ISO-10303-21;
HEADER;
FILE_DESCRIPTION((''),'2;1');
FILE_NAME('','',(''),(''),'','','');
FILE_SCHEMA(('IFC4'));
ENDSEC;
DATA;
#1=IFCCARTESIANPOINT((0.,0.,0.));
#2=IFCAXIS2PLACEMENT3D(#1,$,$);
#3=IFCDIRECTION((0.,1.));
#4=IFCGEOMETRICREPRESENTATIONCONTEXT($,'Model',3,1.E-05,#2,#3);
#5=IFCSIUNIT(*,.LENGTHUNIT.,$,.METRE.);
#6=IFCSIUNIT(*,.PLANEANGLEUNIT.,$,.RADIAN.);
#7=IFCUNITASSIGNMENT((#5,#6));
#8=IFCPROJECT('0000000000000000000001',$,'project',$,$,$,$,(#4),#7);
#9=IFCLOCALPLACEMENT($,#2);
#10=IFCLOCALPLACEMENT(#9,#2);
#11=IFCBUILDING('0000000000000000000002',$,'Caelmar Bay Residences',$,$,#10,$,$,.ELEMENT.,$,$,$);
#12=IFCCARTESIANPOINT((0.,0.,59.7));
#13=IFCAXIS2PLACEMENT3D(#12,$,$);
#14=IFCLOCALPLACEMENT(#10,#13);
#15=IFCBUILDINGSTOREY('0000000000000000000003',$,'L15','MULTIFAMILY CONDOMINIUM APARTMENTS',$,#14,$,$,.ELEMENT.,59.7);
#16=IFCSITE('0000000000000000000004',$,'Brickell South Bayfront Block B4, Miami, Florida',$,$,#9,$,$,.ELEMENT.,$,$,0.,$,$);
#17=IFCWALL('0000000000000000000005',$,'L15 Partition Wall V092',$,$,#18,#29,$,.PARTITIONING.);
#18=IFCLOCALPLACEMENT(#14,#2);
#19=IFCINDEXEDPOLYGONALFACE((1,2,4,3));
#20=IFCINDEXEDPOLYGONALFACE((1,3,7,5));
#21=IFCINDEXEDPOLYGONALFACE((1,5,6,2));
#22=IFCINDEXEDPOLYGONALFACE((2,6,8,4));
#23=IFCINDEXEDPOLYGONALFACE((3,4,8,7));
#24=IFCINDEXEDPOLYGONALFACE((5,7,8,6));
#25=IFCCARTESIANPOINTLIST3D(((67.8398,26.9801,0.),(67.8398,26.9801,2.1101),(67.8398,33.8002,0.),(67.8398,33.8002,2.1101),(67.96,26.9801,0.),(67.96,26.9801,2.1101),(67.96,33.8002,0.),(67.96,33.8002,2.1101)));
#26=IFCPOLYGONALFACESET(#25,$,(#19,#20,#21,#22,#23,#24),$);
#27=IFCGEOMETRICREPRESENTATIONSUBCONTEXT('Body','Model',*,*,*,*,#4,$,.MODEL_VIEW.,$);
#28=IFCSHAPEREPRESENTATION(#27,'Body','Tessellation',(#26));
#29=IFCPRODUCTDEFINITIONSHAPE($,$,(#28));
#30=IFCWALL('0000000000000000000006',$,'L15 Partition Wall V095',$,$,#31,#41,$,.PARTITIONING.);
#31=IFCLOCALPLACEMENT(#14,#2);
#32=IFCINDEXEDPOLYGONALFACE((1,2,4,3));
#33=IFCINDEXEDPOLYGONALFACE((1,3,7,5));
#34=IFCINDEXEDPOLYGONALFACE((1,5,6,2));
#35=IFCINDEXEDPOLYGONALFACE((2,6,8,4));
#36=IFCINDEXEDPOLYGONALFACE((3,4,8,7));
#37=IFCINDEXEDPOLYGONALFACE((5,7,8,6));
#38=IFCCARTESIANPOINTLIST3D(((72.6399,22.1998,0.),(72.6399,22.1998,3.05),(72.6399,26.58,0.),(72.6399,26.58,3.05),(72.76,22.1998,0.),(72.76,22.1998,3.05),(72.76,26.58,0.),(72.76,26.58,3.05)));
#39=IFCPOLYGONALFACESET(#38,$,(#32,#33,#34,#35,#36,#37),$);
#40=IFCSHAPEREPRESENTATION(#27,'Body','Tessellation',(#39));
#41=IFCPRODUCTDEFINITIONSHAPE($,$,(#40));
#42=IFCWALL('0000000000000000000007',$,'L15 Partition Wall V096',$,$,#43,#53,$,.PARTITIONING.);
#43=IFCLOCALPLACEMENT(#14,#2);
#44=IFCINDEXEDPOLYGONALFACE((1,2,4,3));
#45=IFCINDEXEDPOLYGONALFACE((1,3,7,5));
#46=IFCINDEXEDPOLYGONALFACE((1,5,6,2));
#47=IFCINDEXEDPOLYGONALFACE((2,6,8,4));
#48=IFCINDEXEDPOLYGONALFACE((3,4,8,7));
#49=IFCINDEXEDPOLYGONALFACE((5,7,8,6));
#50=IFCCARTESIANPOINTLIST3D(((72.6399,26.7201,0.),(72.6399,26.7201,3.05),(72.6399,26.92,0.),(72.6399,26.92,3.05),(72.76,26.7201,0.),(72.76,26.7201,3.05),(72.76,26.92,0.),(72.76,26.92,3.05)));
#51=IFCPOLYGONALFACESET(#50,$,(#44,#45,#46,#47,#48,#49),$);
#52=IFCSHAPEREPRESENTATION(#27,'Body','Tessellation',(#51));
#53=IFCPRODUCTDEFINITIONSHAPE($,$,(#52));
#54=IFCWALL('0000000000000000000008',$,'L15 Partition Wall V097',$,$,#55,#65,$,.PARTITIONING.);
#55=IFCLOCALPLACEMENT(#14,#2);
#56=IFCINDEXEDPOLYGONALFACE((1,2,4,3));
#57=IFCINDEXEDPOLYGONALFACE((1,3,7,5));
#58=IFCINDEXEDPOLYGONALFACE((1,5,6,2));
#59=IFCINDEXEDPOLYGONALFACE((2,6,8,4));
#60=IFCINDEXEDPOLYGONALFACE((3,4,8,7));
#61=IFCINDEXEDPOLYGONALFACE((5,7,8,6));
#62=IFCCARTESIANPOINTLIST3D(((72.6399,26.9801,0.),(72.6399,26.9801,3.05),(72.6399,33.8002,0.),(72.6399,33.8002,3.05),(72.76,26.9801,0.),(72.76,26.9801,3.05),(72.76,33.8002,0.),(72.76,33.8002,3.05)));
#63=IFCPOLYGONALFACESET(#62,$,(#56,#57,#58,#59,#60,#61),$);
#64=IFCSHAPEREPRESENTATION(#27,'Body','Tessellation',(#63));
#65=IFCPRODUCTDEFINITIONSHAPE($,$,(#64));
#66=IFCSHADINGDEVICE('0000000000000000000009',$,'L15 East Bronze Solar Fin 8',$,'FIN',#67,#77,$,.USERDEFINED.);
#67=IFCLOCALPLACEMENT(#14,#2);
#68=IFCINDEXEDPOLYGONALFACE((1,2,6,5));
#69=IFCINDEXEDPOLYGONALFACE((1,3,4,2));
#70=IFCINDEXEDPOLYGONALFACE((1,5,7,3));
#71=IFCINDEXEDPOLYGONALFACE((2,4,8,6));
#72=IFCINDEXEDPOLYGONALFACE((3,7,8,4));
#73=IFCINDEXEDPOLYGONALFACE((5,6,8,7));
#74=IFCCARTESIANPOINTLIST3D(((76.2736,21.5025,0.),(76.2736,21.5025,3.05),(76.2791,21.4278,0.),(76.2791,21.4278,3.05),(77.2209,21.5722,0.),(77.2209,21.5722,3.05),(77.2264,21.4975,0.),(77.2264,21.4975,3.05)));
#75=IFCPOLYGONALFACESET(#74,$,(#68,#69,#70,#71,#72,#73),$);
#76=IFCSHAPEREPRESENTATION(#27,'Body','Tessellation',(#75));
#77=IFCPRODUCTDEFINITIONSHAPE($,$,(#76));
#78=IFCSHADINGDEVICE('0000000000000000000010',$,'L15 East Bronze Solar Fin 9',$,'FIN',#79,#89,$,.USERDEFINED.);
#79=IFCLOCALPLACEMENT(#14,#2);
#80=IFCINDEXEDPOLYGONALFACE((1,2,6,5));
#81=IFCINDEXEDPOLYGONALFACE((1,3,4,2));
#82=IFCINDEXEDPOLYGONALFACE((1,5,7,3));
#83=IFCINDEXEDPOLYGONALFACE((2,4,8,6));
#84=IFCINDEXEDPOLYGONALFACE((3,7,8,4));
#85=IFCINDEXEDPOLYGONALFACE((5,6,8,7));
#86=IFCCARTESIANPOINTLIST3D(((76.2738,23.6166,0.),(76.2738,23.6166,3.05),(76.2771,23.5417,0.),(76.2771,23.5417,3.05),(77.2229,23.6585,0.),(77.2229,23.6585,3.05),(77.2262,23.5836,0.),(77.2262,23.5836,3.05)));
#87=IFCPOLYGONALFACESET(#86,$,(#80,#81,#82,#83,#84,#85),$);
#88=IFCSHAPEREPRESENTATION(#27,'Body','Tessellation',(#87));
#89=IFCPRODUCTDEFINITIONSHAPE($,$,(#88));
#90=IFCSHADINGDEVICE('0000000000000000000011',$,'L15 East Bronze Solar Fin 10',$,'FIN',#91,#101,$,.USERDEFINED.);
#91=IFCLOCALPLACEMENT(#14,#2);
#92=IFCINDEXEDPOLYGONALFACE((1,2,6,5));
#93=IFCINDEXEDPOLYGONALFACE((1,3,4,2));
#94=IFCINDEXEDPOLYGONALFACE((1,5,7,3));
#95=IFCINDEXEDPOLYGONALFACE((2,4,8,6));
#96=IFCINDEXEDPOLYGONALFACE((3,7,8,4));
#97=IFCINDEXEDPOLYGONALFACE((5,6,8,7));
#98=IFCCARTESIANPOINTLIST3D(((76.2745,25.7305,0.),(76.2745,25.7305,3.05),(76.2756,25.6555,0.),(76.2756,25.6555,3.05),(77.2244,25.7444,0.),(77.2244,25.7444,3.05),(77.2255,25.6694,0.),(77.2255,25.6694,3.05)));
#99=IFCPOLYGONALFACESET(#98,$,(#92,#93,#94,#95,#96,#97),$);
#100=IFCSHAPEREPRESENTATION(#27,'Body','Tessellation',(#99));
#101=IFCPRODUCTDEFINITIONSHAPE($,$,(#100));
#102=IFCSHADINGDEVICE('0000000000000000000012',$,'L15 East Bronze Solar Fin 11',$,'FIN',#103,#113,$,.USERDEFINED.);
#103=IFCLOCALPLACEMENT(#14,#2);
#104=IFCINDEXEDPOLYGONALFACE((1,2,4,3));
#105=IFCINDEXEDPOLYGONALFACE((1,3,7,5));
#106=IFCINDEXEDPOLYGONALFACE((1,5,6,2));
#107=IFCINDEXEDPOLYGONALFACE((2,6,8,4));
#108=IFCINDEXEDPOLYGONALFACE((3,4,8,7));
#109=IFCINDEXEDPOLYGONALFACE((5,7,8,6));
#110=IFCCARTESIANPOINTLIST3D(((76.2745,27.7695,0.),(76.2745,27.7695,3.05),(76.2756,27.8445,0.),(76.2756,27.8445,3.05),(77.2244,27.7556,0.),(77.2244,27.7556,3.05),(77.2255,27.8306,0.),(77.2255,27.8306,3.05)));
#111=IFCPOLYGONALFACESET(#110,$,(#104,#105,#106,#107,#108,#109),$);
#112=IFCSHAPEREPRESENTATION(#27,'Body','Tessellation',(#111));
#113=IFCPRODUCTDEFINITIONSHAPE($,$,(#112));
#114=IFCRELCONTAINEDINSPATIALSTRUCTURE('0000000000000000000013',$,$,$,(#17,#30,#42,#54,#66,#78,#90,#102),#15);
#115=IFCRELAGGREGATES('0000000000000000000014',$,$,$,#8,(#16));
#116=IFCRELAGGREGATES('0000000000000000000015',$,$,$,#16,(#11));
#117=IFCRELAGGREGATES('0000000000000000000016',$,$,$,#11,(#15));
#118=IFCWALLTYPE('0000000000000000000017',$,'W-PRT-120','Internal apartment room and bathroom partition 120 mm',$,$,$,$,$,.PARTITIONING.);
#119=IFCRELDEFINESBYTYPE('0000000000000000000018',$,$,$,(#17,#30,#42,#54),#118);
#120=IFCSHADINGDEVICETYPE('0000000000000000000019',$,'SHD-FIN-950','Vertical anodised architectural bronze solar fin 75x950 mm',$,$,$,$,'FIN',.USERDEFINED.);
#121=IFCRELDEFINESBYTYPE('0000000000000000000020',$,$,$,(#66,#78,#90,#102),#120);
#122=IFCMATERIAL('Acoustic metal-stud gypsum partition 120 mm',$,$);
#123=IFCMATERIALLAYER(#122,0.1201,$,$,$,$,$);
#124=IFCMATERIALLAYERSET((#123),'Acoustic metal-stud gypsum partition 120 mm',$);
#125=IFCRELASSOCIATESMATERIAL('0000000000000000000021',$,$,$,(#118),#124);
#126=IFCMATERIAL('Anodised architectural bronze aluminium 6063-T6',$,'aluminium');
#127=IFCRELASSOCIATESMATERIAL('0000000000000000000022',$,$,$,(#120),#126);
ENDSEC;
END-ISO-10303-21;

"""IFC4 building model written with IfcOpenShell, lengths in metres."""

from ifc_helpers import new_model, si_unit, direction, frame, frame_2d, origin, origin_2d, place, context, subcontext, project, spatial, rectangle, extrude, material, layer, layer_set, material_profile, profile_set, type_object, element, save


model = new_model("IFC4")

# Units and contexts
model_context = context("Model", 3, precision=1e-05, world=origin(), true_north=direction((0.0, 1.0)))
body_context = subcontext(model_context, "Body", "Model", "MODEL_VIEW")
ifc_project = project(units=[si_unit("LENGTHUNIT", "METRE"), si_unit("PLANEANGLEUNIT", "RADIAN")], contexts=[model_context])

# Site, building, storey
site_placement = place(None, origin())
site = spatial("IfcSite", under=ifc_project, at=site_placement, Name="Brickell South Bayfront Block B4, Miami, Florida", CompositionType="ELEMENT", RefElevation=0.0)
building_placement = place(site_placement, origin())
building = spatial("IfcBuilding", under=site, at=building_placement, Name="Caelmar Bay Residences", CompositionType="ELEMENT")
storey_placement = place(building_placement, frame((0.0, 0.0, 59.7)))
storey = spatial("IfcBuildingStorey", under=building, at=storey_placement, Name="L15", Description="MULTIFAMILY CONDOMINIUM APARTMENTS", CompositionType="ELEMENT", Elevation=59.7)

# Shared definitions
ifc_material_1 = material(Name="Acoustic metal-stud gypsum partition 120 mm")
ifc_layer_1 = layer(ifc_material_1, 0.1201)
ifc_layer_set_1 = layer_set([ifc_layer_1], Name="Acoustic metal-stud gypsum partition 120 mm")
wall_type = type_object("IfcWallType", Name="W-PRT-120", Description="Internal apartment room and bathroom partition 120 mm", PredefinedType="PARTITIONING", material=ifc_layer_set_1)

# Walls
wall_1_placement = place(storey_placement, frame((67.8999, 26.98, 0.0), z_axis=(0.0, 0.0, 1.0), x_axis=(0.0, 1.0, 0.0)))
element("IfcWall", 1, at=wall_1_placement, inside=storey, type_object=wall_type, Name="L15 Partition Wall V092", PredefinedType="PARTITIONING", context=body_context, shape_type="SweptSolid", body=[
    extrude(rectangle(XDim=6.8201, YDim=0.1201, at=frame_2d((3.4102, 0.0))), origin(), (0.0, 0.0, 1.0), 2.1101),
])
wall_2_placement = place(storey_placement, frame((72.7, 22.2, 0.0), z_axis=(0.0, 0.0, 1.0), x_axis=(0.0, 1.0, 0.0)))
element("IfcWall", 2, at=wall_2_placement, inside=storey, type_object=wall_type, Name="L15 Partition Wall V095", PredefinedType="PARTITIONING", context=body_context, shape_type="SweptSolid", body=[
    extrude(rectangle(XDim=4.3801, YDim=0.1201, at=frame_2d((2.1899, 0.0))), origin(), (0.0, 0.0, 1.0), 3.05),
])
wall_3_placement = place(storey_placement, frame((72.7, 26.72, 0.0), z_axis=(0.0, 0.0, 1.0), x_axis=(0.0, 1.0, 0.0)))
element("IfcWall", 3, at=wall_3_placement, inside=storey, type_object=wall_type, Name="L15 Partition Wall V096", PredefinedType="PARTITIONING", context=body_context, shape_type="SweptSolid", body=[
    extrude(rectangle(XDim=0.2, YDim=0.1201, at=frame_2d((0.1001, 0.0))), origin(), (0.0, 0.0, 1.0), 3.05),
])
wall_4_placement = place(storey_placement, frame((72.7, 26.98, 0.0), z_axis=(0.0, 0.0, 1.0), x_axis=(0.0, 1.0, 0.0)))
element("IfcWall", 4, at=wall_4_placement, inside=storey, type_object=wall_type, Name="L15 Partition Wall V097", PredefinedType="PARTITIONING", context=body_context, shape_type="SweptSolid", body=[
    extrude(rectangle(XDim=6.8201, YDim=0.1201, at=frame_2d((3.4102, 0.0))), origin(), (0.0, 0.0, 1.0), 3.05),
])

# Shading devices
ifc_material_2 = material(Name="Anodised architectural bronze aluminium 6063-T6", Category="aluminium")
ifc_material_profile_1 = material_profile(ifc_material_2, rectangle(XDim=0.075, YDim=0.95, at=origin_2d()), Name="BRONZE-FIN-75X950")
ifc_profile_set_1 = profile_set([ifc_material_profile_1], Name="Anodised architectural bronze aluminium 6063-T6")
shading_device_type = type_object("IfcShadingDeviceType", Name="SHD-FIN-950", Description="Vertical anodised architectural bronze solar fin 75x950 mm", ElementType="FIN", PredefinedType="USERDEFINED", material=ifc_profile_set_1)
for number, where, z_axis, x_axis, name in (
    (5, (76.75, 21.5, 0.0), (0.0, 0.0, 1.0), (-0.073412, 0.997302, 0.0), "L15 East Bronze Solar Fin 8"),
    (6, (76.75, 23.6001, 0.0), (0.0, 0.0, 1.0), (-0.044142, 0.999025, 0.0), "L15 East Bronze Solar Fin 9"),
    (7, (76.75, 25.7, 0.0), (0.0, 0.0, 1.0), (-0.01466, 0.999893, 0.0), "L15 East Bronze Solar Fin 10"),
    (8, (76.75, 27.8, 0.0), (0.0, 0.0, 1.0), (0.01466, 0.999893, 0.0), "L15 East Bronze Solar Fin 11"),
):
    element("IfcShadingDevice", number, at=place(storey_placement, frame(where, z_axis=z_axis, x_axis=x_axis)), inside=storey, type_object=shading_device_type, Name=name, ObjectType="FIN", PredefinedType="USERDEFINED", context=body_context, shape_type="SweptSolid", body=[
        extrude(rectangle(XDim=0.075, YDim=0.95, at=origin_2d()), origin(), (0.0, 0.0, 1.0), 3.05),
    ])

save(model, "model.ifc")
